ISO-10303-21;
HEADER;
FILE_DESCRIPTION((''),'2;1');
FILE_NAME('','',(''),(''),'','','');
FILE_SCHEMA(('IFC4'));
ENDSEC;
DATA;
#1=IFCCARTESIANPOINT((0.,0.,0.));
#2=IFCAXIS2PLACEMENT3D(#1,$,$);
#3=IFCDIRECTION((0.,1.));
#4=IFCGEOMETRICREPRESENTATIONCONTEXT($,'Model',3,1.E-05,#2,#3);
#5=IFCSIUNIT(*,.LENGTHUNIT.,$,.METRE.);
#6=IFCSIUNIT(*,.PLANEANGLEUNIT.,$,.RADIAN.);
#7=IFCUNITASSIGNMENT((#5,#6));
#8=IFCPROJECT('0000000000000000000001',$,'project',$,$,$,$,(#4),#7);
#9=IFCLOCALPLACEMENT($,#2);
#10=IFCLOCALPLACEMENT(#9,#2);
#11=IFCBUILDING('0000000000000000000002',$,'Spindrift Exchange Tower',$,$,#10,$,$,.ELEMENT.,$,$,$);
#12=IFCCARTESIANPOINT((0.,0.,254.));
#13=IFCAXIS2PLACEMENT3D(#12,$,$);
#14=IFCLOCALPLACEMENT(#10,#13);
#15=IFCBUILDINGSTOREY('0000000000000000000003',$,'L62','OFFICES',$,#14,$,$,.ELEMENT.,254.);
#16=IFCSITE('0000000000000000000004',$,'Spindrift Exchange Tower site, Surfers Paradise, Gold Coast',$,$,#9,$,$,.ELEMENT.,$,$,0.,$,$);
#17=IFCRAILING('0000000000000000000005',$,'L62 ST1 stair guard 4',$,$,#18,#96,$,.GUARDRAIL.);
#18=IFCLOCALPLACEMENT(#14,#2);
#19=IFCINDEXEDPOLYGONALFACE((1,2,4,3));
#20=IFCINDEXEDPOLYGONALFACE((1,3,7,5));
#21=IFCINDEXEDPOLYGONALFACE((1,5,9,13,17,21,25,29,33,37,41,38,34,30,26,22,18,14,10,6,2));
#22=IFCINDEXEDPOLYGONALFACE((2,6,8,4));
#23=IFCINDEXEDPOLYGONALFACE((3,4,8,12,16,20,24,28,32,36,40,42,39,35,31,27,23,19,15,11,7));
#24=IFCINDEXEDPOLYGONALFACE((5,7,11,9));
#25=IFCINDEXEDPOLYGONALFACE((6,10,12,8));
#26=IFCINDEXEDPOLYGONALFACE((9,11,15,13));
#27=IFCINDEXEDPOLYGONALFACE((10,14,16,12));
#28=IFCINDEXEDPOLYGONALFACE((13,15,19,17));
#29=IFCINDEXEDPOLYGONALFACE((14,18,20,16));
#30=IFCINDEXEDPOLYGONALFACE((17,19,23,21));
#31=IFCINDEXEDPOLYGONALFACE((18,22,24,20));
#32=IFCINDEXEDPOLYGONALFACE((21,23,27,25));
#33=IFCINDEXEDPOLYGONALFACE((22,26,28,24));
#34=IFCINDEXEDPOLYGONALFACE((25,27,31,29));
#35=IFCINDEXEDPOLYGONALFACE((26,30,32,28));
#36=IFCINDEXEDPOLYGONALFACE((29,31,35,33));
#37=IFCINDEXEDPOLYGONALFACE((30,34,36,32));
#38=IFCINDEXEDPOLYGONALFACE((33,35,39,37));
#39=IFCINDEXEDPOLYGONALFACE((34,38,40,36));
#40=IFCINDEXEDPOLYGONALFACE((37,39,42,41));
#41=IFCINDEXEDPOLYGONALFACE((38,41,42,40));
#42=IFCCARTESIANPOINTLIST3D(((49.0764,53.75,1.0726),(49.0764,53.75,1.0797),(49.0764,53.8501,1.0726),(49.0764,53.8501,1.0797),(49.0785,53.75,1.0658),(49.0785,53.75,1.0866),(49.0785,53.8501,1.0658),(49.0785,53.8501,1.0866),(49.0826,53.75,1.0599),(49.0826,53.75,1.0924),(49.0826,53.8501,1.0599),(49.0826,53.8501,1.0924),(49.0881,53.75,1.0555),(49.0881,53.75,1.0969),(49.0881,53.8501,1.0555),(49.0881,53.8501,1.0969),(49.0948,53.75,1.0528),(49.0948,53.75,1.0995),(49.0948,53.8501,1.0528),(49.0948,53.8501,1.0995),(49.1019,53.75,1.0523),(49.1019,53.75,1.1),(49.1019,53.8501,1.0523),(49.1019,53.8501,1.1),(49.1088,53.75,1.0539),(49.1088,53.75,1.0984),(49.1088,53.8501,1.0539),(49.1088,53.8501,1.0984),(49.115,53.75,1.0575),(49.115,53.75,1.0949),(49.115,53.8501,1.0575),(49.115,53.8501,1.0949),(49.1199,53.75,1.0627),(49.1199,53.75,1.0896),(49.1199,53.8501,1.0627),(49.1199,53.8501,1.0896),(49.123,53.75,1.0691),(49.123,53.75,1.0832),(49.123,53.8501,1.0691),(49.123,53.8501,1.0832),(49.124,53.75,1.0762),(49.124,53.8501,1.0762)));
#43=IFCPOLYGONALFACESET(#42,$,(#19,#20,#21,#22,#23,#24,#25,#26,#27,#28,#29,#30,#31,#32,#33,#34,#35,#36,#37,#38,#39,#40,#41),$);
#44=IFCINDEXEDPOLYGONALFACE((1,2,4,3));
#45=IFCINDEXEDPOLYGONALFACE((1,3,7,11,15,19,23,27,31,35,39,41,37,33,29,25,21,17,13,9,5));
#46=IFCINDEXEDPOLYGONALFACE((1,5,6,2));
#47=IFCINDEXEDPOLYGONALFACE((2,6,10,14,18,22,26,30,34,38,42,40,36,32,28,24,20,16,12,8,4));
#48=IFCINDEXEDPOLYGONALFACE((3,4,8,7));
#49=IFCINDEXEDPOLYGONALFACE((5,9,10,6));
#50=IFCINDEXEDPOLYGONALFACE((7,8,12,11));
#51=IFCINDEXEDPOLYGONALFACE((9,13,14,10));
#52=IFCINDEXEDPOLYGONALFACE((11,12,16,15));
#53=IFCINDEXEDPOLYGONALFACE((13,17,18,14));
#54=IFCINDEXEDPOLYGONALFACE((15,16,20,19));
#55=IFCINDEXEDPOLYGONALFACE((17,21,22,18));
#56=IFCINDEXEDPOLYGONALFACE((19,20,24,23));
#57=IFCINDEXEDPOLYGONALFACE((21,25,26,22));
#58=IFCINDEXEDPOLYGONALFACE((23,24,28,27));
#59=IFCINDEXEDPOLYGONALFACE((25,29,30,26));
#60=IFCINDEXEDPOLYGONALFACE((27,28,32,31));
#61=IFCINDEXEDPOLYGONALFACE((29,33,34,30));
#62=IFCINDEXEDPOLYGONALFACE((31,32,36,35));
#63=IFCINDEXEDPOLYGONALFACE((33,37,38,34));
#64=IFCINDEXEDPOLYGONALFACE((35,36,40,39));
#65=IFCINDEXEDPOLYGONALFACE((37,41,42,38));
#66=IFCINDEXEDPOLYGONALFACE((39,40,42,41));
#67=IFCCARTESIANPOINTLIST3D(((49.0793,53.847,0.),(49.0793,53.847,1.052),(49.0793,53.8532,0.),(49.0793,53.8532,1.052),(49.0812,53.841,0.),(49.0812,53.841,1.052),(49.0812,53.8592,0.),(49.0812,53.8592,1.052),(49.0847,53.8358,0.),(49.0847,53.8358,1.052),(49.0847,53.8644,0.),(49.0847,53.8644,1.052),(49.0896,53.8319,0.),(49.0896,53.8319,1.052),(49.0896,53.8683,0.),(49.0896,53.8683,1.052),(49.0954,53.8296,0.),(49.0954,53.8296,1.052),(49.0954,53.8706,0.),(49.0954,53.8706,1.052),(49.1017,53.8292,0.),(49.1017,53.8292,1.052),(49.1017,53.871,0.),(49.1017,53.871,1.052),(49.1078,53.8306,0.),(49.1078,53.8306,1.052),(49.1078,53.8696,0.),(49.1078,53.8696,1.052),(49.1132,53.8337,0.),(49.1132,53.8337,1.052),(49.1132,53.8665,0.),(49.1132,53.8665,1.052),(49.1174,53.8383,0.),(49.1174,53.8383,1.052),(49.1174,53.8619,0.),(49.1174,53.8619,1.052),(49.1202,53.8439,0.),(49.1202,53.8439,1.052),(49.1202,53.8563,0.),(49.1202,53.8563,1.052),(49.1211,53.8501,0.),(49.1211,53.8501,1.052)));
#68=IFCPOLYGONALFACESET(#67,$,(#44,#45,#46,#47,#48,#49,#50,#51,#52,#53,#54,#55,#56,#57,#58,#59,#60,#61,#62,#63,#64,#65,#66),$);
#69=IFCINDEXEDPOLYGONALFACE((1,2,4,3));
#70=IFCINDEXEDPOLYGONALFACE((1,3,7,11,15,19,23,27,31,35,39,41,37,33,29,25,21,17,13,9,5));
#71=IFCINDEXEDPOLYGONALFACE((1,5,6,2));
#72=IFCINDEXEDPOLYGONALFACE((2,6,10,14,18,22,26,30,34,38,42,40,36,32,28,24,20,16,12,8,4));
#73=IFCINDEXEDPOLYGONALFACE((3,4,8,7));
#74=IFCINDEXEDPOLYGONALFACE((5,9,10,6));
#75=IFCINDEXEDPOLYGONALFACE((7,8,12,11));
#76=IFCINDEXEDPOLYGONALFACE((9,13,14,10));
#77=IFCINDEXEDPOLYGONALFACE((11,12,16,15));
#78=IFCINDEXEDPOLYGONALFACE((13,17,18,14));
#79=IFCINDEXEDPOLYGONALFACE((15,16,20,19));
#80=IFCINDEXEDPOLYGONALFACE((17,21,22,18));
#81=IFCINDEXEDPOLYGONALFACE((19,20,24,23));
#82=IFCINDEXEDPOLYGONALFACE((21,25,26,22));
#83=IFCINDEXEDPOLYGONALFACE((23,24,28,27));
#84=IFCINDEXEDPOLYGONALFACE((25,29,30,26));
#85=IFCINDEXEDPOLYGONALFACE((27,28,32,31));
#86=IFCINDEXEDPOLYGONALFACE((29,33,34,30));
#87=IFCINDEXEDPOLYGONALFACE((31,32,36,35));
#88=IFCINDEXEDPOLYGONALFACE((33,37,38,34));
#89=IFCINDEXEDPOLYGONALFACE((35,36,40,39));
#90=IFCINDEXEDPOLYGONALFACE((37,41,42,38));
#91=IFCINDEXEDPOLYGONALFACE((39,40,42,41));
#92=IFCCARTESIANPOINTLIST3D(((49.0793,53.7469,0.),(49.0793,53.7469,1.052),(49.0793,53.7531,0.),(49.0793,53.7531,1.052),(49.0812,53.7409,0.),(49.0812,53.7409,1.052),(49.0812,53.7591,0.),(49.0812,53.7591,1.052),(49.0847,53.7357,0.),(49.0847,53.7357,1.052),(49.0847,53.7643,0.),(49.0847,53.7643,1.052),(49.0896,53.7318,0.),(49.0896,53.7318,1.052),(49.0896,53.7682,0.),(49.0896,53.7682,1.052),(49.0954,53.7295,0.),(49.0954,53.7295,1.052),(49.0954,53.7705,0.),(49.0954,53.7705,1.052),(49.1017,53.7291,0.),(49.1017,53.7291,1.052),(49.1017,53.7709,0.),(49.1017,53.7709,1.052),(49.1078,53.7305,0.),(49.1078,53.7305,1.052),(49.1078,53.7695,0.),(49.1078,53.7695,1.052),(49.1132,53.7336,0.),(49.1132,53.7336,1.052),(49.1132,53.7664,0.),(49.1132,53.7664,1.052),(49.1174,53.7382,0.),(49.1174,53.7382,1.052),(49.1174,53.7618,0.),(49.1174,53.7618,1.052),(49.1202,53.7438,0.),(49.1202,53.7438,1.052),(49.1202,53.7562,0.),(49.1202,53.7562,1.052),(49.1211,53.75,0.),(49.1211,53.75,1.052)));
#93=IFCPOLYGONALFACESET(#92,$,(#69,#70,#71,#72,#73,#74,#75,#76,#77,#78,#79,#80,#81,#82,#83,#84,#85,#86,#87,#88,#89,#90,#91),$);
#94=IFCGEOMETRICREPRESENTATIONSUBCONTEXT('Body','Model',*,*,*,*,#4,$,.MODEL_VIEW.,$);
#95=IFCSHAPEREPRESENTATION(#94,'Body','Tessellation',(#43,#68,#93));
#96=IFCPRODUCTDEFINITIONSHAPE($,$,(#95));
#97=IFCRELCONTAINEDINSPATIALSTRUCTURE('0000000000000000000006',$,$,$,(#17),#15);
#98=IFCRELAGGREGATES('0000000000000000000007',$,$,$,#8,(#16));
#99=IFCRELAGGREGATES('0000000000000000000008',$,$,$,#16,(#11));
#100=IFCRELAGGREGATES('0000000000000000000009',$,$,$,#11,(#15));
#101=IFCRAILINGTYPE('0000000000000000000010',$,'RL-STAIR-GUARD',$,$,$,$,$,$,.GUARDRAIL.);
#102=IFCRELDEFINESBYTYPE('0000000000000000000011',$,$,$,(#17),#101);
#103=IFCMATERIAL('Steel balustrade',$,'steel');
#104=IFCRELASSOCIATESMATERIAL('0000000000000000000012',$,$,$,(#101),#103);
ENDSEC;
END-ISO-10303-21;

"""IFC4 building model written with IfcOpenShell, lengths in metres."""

from ifc_helpers import new_model, si_unit, direction, frame, origin, origin_2d, place, context, subcontext, project, spatial, circle, extrude, material, type_object, element, save


model = new_model("IFC4")

# Units and contexts
model_context = context("Model", 3, precision=1e-05, world=origin(), true_north=direction((0.0, 1.0)))
body_context = subcontext(model_context, "Body", "Model", "MODEL_VIEW")
ifc_project = project(units=[si_unit("LENGTHUNIT", "METRE"), si_unit("PLANEANGLEUNIT", "RADIAN")], contexts=[model_context])

# Site, building, storey
site_placement = place(None, origin())
site = spatial("IfcSite", under=ifc_project, at=site_placement, Name="Spindrift Exchange Tower site, Surfers Paradise, Gold Coast", CompositionType="ELEMENT", RefElevation=0.0)
building_placement = place(site_placement, origin())
building = spatial("IfcBuilding", under=site, at=building_placement, Name="Spindrift Exchange Tower", CompositionType="ELEMENT")
storey_placement = place(building_placement, frame((0.0, 0.0, 254.0)))
storey = spatial("IfcBuildingStorey", under=building, at=storey_placement, Name="L62", Description="OFFICES", CompositionType="ELEMENT", Elevation=254.0)

# Railing
ifc_material_1 = material(Name="Steel balustrade", Category="steel")
railing_type_1 = type_object("IfcRailingType", Name="RL-STAIR-GUARD", PredefinedType="GUARDRAIL", material=ifc_material_1)
railing_1_placement = place(storey_placement, frame((49.1001, 53.8501, 0.0)))
element("IfcRailing", 1, at=railing_1_placement, inside=storey, type_object=railing_type_1, Name="L62 ST1 stair guard 4", PredefinedType="GUARDRAIL", context=body_context, shape_type="SweptSolid", body=[
    extrude(circle(Radius=0.0239, at=origin_2d()), frame((0.0, 0.0, 1.0762), z_axis=(0.0, -1.0, 0.0), x_axis=(1.0, 0.0, 0.0)), (0.0, 0.0, 1.0), 0.1001),
    extrude(circle(Radius=0.021, at=origin_2d()), origin(), (0.0, 0.0, 1.0), 1.052),
    extrude(circle(Radius=0.021, at=origin_2d()), frame((0.0, -0.1001, 0.0)), (0.0, 0.0, 1.0), 1.052),
])

save(model, "model.ifc")
